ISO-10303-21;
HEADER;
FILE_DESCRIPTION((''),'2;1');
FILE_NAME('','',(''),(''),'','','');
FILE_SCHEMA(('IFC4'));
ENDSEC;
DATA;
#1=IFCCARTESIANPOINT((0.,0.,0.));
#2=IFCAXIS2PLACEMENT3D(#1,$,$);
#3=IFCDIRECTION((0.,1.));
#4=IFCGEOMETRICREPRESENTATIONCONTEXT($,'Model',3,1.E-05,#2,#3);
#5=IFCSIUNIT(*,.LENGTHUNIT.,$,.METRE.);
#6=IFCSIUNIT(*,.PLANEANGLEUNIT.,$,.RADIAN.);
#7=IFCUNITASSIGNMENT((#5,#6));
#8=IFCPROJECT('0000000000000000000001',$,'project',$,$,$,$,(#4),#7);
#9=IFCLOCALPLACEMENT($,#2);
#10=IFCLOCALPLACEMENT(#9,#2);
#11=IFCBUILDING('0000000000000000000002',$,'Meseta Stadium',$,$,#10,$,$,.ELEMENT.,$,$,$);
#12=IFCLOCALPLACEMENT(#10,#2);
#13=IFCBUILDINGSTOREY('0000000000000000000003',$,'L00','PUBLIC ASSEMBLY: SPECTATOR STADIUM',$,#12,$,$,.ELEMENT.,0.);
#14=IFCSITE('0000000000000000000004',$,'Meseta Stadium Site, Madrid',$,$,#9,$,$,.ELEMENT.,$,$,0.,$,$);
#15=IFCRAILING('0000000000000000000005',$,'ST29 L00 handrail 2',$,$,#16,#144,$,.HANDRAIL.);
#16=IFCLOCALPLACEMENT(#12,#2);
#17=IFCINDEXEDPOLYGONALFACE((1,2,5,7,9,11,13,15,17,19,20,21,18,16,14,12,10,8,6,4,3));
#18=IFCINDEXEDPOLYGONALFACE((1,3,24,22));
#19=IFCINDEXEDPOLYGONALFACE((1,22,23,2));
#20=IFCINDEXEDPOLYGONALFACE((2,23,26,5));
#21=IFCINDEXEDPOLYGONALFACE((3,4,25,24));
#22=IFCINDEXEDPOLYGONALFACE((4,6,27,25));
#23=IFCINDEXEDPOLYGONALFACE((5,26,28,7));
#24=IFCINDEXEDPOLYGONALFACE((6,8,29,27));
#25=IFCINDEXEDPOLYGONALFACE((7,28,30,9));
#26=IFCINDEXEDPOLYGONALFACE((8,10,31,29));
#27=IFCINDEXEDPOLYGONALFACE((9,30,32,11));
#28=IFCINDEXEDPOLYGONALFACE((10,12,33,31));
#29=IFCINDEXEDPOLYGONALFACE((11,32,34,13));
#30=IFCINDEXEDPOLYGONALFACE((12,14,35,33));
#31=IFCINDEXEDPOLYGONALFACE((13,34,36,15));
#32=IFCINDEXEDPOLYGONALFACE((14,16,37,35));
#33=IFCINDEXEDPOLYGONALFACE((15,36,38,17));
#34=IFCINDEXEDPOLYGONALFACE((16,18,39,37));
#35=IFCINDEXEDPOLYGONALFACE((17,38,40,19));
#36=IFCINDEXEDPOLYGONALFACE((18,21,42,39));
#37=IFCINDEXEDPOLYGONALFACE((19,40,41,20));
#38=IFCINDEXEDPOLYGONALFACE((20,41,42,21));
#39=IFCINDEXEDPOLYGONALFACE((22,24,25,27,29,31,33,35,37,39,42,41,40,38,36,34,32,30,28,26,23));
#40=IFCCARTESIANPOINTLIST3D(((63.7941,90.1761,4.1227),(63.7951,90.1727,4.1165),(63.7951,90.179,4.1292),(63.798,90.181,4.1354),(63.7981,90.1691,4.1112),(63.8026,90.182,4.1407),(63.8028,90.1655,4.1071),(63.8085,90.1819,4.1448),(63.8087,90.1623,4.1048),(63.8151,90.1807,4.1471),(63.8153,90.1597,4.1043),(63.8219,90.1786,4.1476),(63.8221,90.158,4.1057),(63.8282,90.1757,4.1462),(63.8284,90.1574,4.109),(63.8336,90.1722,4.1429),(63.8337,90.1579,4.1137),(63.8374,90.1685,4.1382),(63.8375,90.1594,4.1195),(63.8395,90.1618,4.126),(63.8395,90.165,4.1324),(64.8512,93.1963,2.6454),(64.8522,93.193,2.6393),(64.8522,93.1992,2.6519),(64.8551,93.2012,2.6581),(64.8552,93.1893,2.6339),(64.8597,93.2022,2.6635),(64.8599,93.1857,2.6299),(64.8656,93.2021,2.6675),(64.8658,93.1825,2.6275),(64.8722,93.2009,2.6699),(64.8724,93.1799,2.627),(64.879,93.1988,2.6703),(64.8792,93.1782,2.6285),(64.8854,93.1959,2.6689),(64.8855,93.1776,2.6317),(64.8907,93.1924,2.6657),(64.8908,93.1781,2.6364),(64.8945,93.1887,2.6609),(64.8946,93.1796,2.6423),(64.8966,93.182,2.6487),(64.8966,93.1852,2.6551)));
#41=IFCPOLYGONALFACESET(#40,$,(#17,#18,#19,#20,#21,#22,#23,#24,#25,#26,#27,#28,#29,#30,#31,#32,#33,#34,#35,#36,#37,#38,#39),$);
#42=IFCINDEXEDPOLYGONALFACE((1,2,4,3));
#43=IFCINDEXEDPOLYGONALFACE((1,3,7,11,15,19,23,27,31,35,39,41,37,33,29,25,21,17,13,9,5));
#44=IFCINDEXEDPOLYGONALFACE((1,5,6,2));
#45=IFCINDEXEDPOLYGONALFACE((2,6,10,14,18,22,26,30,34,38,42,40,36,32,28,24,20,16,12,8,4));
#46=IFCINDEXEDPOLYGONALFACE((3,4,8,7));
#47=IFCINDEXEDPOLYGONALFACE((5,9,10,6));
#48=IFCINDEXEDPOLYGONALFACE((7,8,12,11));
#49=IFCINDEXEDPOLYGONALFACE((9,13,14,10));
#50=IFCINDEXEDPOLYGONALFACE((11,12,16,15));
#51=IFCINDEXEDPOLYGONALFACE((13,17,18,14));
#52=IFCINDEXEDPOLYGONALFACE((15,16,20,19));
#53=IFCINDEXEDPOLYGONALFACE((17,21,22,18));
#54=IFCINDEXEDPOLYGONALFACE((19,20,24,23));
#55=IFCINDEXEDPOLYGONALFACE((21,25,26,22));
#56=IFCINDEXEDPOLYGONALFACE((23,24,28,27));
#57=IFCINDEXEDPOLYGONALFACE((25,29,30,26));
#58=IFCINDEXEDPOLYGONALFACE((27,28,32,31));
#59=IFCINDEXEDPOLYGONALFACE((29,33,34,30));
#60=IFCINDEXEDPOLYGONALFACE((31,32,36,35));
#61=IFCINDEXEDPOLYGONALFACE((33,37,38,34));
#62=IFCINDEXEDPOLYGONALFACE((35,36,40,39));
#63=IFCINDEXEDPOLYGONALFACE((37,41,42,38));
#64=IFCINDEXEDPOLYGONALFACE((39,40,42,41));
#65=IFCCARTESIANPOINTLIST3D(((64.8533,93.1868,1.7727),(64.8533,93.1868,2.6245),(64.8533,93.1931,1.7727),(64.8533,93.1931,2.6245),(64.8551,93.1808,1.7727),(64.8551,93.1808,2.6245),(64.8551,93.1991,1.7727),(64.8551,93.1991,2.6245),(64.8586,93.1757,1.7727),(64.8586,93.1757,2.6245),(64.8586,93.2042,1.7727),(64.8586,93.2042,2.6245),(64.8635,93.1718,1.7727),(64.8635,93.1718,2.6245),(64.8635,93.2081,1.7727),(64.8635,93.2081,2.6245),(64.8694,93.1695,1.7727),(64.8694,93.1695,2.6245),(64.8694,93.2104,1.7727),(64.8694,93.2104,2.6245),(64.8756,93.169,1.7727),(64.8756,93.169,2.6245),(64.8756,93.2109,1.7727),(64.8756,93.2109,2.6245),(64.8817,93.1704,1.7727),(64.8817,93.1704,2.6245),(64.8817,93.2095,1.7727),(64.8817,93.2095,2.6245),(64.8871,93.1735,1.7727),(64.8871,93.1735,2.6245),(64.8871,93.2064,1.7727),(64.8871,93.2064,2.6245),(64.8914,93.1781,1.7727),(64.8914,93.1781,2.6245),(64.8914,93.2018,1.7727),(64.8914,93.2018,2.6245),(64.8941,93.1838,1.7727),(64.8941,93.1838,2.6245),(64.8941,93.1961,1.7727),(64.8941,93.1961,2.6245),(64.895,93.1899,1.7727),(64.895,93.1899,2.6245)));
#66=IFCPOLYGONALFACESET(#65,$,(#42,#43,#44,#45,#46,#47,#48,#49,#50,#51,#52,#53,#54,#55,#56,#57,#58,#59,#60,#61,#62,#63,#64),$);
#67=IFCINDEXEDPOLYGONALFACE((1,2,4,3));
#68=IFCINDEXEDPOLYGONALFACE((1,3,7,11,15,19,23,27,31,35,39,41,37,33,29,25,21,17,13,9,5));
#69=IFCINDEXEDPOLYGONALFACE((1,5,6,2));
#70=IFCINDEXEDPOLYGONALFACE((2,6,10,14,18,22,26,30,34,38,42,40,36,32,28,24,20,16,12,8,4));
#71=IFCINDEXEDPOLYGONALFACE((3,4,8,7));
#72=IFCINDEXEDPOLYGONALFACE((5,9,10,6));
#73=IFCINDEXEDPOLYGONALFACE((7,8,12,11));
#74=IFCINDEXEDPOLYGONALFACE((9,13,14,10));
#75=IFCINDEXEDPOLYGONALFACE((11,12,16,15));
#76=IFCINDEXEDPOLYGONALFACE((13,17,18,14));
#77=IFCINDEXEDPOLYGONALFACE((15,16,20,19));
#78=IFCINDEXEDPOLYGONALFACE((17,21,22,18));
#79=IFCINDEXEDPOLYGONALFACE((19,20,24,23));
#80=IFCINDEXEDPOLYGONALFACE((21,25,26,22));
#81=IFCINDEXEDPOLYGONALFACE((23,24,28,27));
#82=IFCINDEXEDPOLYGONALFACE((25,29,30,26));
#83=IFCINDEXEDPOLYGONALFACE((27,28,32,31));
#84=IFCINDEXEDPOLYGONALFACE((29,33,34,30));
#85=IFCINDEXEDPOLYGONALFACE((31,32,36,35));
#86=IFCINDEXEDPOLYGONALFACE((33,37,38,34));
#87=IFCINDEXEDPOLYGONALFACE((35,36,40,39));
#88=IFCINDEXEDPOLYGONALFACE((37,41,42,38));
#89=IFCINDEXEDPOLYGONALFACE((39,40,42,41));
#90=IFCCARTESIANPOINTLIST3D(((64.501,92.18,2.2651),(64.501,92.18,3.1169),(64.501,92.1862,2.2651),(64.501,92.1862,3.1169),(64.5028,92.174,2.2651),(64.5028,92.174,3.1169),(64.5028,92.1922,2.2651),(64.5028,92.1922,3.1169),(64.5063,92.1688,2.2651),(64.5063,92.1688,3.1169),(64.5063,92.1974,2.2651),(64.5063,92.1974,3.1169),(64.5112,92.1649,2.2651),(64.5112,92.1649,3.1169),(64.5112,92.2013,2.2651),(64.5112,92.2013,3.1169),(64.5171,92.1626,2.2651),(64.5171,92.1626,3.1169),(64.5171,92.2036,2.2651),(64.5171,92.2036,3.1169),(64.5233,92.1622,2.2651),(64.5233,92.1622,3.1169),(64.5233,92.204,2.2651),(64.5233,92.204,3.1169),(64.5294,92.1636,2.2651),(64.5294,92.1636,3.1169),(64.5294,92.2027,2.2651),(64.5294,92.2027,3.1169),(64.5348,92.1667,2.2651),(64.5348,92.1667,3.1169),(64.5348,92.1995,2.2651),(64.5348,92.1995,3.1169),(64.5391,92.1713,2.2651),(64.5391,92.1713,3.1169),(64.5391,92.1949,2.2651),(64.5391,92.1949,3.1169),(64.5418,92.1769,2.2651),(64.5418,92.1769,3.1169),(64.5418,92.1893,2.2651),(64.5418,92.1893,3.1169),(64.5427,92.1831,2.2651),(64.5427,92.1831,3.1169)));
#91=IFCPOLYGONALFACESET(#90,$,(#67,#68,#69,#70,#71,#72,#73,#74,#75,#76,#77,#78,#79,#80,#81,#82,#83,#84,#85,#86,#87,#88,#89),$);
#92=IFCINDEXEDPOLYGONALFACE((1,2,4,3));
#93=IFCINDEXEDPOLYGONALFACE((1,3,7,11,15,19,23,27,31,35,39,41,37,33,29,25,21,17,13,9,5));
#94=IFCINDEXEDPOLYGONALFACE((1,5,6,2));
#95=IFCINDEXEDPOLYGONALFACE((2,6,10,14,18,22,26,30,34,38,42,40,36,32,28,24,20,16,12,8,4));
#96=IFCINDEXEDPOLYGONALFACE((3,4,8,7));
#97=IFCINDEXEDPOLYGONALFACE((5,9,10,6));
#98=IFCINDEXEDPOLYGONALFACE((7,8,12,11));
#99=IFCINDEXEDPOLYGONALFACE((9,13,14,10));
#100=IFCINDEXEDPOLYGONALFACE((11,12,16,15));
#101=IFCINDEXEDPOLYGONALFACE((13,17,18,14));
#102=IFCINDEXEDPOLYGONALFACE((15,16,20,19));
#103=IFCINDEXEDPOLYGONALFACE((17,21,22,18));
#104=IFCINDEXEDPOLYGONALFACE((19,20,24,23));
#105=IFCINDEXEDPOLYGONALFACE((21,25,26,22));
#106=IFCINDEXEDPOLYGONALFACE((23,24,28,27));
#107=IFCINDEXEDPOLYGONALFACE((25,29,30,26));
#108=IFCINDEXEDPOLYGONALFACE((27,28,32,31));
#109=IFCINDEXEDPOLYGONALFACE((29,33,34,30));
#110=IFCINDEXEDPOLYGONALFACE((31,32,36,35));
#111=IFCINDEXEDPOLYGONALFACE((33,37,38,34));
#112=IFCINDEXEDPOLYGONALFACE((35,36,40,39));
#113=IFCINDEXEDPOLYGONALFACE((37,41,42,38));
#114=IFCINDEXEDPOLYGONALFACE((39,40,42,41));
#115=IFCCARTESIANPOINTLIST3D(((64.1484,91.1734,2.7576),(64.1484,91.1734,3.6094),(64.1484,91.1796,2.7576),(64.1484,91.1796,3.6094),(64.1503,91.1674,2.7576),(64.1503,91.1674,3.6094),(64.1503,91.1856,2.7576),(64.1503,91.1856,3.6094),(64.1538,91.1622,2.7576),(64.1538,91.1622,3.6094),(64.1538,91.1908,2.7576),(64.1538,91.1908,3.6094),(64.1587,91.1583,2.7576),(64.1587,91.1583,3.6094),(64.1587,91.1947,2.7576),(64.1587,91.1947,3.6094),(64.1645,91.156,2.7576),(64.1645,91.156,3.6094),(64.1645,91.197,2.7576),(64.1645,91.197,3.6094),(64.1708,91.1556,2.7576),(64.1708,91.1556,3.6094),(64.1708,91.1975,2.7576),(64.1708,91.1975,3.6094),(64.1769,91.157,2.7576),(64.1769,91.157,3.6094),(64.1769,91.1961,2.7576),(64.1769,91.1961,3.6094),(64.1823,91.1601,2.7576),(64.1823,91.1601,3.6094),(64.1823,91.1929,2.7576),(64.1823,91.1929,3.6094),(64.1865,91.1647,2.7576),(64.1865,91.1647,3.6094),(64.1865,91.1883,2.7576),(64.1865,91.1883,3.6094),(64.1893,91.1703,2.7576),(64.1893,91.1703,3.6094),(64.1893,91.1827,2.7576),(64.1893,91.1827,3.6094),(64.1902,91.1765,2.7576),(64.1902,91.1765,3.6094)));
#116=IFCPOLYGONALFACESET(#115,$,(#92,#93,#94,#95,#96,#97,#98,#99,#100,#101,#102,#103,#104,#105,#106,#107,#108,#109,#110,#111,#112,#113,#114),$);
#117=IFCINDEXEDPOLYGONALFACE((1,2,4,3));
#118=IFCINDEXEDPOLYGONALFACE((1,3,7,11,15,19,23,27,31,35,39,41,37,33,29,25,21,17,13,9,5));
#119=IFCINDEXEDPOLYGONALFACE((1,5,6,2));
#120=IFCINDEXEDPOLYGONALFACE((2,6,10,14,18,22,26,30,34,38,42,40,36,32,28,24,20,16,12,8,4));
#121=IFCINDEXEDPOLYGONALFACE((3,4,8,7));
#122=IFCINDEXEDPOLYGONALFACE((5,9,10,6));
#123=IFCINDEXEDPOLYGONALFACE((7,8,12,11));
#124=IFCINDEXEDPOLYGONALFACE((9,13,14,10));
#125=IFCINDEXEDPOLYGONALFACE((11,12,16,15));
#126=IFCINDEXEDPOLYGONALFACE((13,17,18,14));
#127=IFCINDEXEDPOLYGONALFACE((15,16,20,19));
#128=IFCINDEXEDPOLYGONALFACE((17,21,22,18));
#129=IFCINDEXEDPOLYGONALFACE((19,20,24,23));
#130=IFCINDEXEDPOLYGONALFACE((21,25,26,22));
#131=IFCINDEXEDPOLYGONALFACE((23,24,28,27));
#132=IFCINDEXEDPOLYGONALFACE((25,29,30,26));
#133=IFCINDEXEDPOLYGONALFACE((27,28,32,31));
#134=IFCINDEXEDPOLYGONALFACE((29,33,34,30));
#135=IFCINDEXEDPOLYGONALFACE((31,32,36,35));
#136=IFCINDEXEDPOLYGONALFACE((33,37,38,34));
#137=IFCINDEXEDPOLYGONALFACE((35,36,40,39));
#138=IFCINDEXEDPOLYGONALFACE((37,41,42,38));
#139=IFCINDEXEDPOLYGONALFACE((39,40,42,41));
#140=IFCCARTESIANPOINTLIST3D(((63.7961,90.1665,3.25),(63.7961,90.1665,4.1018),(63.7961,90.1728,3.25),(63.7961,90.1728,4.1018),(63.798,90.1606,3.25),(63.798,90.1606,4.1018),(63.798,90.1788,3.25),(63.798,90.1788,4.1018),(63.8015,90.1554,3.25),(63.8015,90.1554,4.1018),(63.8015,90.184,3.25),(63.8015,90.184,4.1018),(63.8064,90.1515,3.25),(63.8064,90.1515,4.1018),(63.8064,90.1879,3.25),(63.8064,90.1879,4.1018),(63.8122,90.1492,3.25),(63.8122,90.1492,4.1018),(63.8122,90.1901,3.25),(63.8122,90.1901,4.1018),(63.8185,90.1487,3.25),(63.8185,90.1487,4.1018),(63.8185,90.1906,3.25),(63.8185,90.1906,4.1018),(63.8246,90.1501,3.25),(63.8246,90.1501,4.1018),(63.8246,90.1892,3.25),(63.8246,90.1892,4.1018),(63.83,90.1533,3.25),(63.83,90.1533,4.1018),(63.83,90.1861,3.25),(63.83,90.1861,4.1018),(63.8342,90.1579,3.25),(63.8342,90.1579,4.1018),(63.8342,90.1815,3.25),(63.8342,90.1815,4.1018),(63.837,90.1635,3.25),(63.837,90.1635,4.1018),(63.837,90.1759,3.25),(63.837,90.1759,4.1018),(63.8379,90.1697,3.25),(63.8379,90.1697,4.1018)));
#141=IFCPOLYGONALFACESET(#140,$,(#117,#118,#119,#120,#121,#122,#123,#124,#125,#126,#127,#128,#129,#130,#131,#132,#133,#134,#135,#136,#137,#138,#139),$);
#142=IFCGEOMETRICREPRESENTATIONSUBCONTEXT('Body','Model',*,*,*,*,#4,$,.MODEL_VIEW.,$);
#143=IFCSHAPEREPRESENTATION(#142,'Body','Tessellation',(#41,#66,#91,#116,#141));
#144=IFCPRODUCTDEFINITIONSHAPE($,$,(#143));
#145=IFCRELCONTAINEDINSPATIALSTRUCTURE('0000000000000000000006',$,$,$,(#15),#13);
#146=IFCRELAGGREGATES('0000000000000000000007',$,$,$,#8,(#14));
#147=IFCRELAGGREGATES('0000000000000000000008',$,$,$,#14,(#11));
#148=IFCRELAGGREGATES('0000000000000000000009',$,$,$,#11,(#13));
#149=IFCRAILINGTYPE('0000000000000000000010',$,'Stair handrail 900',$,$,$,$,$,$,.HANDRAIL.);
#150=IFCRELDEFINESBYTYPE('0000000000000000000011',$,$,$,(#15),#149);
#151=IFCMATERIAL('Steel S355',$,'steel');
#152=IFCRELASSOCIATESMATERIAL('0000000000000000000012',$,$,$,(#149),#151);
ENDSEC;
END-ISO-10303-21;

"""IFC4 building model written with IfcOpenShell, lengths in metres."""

from ifc_helpers import new_model, si_unit, direction, frame, origin, origin_2d, place, context, subcontext, project, spatial, circle, extrude, material, type_object, element, save


model = new_model("IFC4")

# Units and contexts
model_context = context("Model", 3, precision=1e-05, world=origin(), true_north=direction((0.0, 1.0)))
body_context = subcontext(model_context, "Body", "Model", "MODEL_VIEW")
ifc_project = project(units=[si_unit("LENGTHUNIT", "METRE"), si_unit("PLANEANGLEUNIT", "RADIAN")], contexts=[model_context])

# Site, building, storey
site_placement = place(None, origin())
site = spatial("IfcSite", under=ifc_project, at=site_placement, Name="Meseta Stadium Site, Madrid", CompositionType="ELEMENT", RefElevation=0.0)
building_placement = place(site_placement, origin())
building = spatial("IfcBuilding", under=site, at=building_placement, Name="Meseta Stadium", CompositionType="ELEMENT")
storey_placement = place(building_placement, origin())
storey = spatial("IfcBuildingStorey", under=building, at=storey_placement, Name="L00", Description="PUBLIC ASSEMBLY: SPECTATOR STADIUM", CompositionType="ELEMENT", Elevation=0.0)

# Railing
ifc_material_1 = material(Name="Steel S355", Category="steel")
railing_type_1 = type_object("IfcRailingType", Name="Stair handrail 900", PredefinedType="HANDRAIL", material=ifc_material_1)
for number, where, name in (
    (1, (64.874, 93.1899, 1.7727), "ST29 L00 handrail 2"),
):
    element("IfcRailing", number, at=place(storey_placement, frame(where)), inside=storey, type_object=railing_type_1, Name=name, PredefinedType="HANDRAIL", context=body_context, shape_type="SweptSolid", body=[
        extrude(circle(Radius=0.0239, at=origin_2d()), frame((0.0, 0.0, 0.876), z_axis=(-0.29994, -0.85694, 0.419153), x_axis=(0.943855, -0.330361, 0.0)), (0.0, 0.0, 1.0), 3.5244),
        extrude(circle(Radius=0.021, at=origin_2d()), origin(), (0.0, 0.0, 1.0), 0.8518),
        extrude(circle(Radius=0.021, at=origin_2d()), frame((-0.3523, -1.0068, 0.4924)), (0.0, 0.0, 1.0), 0.8518),
        extrude(circle(Radius=0.021, at=origin_2d()), frame((-0.7048, -2.0134, 0.9849)), (0.0, 0.0, 1.0), 0.8518),
        extrude(circle(Radius=0.021, at=origin_2d()), frame((-1.0571, -3.0203, 1.4773)), (0.0, 0.0, 1.0), 0.8518),
    ])

save(model, "model.ifc")
